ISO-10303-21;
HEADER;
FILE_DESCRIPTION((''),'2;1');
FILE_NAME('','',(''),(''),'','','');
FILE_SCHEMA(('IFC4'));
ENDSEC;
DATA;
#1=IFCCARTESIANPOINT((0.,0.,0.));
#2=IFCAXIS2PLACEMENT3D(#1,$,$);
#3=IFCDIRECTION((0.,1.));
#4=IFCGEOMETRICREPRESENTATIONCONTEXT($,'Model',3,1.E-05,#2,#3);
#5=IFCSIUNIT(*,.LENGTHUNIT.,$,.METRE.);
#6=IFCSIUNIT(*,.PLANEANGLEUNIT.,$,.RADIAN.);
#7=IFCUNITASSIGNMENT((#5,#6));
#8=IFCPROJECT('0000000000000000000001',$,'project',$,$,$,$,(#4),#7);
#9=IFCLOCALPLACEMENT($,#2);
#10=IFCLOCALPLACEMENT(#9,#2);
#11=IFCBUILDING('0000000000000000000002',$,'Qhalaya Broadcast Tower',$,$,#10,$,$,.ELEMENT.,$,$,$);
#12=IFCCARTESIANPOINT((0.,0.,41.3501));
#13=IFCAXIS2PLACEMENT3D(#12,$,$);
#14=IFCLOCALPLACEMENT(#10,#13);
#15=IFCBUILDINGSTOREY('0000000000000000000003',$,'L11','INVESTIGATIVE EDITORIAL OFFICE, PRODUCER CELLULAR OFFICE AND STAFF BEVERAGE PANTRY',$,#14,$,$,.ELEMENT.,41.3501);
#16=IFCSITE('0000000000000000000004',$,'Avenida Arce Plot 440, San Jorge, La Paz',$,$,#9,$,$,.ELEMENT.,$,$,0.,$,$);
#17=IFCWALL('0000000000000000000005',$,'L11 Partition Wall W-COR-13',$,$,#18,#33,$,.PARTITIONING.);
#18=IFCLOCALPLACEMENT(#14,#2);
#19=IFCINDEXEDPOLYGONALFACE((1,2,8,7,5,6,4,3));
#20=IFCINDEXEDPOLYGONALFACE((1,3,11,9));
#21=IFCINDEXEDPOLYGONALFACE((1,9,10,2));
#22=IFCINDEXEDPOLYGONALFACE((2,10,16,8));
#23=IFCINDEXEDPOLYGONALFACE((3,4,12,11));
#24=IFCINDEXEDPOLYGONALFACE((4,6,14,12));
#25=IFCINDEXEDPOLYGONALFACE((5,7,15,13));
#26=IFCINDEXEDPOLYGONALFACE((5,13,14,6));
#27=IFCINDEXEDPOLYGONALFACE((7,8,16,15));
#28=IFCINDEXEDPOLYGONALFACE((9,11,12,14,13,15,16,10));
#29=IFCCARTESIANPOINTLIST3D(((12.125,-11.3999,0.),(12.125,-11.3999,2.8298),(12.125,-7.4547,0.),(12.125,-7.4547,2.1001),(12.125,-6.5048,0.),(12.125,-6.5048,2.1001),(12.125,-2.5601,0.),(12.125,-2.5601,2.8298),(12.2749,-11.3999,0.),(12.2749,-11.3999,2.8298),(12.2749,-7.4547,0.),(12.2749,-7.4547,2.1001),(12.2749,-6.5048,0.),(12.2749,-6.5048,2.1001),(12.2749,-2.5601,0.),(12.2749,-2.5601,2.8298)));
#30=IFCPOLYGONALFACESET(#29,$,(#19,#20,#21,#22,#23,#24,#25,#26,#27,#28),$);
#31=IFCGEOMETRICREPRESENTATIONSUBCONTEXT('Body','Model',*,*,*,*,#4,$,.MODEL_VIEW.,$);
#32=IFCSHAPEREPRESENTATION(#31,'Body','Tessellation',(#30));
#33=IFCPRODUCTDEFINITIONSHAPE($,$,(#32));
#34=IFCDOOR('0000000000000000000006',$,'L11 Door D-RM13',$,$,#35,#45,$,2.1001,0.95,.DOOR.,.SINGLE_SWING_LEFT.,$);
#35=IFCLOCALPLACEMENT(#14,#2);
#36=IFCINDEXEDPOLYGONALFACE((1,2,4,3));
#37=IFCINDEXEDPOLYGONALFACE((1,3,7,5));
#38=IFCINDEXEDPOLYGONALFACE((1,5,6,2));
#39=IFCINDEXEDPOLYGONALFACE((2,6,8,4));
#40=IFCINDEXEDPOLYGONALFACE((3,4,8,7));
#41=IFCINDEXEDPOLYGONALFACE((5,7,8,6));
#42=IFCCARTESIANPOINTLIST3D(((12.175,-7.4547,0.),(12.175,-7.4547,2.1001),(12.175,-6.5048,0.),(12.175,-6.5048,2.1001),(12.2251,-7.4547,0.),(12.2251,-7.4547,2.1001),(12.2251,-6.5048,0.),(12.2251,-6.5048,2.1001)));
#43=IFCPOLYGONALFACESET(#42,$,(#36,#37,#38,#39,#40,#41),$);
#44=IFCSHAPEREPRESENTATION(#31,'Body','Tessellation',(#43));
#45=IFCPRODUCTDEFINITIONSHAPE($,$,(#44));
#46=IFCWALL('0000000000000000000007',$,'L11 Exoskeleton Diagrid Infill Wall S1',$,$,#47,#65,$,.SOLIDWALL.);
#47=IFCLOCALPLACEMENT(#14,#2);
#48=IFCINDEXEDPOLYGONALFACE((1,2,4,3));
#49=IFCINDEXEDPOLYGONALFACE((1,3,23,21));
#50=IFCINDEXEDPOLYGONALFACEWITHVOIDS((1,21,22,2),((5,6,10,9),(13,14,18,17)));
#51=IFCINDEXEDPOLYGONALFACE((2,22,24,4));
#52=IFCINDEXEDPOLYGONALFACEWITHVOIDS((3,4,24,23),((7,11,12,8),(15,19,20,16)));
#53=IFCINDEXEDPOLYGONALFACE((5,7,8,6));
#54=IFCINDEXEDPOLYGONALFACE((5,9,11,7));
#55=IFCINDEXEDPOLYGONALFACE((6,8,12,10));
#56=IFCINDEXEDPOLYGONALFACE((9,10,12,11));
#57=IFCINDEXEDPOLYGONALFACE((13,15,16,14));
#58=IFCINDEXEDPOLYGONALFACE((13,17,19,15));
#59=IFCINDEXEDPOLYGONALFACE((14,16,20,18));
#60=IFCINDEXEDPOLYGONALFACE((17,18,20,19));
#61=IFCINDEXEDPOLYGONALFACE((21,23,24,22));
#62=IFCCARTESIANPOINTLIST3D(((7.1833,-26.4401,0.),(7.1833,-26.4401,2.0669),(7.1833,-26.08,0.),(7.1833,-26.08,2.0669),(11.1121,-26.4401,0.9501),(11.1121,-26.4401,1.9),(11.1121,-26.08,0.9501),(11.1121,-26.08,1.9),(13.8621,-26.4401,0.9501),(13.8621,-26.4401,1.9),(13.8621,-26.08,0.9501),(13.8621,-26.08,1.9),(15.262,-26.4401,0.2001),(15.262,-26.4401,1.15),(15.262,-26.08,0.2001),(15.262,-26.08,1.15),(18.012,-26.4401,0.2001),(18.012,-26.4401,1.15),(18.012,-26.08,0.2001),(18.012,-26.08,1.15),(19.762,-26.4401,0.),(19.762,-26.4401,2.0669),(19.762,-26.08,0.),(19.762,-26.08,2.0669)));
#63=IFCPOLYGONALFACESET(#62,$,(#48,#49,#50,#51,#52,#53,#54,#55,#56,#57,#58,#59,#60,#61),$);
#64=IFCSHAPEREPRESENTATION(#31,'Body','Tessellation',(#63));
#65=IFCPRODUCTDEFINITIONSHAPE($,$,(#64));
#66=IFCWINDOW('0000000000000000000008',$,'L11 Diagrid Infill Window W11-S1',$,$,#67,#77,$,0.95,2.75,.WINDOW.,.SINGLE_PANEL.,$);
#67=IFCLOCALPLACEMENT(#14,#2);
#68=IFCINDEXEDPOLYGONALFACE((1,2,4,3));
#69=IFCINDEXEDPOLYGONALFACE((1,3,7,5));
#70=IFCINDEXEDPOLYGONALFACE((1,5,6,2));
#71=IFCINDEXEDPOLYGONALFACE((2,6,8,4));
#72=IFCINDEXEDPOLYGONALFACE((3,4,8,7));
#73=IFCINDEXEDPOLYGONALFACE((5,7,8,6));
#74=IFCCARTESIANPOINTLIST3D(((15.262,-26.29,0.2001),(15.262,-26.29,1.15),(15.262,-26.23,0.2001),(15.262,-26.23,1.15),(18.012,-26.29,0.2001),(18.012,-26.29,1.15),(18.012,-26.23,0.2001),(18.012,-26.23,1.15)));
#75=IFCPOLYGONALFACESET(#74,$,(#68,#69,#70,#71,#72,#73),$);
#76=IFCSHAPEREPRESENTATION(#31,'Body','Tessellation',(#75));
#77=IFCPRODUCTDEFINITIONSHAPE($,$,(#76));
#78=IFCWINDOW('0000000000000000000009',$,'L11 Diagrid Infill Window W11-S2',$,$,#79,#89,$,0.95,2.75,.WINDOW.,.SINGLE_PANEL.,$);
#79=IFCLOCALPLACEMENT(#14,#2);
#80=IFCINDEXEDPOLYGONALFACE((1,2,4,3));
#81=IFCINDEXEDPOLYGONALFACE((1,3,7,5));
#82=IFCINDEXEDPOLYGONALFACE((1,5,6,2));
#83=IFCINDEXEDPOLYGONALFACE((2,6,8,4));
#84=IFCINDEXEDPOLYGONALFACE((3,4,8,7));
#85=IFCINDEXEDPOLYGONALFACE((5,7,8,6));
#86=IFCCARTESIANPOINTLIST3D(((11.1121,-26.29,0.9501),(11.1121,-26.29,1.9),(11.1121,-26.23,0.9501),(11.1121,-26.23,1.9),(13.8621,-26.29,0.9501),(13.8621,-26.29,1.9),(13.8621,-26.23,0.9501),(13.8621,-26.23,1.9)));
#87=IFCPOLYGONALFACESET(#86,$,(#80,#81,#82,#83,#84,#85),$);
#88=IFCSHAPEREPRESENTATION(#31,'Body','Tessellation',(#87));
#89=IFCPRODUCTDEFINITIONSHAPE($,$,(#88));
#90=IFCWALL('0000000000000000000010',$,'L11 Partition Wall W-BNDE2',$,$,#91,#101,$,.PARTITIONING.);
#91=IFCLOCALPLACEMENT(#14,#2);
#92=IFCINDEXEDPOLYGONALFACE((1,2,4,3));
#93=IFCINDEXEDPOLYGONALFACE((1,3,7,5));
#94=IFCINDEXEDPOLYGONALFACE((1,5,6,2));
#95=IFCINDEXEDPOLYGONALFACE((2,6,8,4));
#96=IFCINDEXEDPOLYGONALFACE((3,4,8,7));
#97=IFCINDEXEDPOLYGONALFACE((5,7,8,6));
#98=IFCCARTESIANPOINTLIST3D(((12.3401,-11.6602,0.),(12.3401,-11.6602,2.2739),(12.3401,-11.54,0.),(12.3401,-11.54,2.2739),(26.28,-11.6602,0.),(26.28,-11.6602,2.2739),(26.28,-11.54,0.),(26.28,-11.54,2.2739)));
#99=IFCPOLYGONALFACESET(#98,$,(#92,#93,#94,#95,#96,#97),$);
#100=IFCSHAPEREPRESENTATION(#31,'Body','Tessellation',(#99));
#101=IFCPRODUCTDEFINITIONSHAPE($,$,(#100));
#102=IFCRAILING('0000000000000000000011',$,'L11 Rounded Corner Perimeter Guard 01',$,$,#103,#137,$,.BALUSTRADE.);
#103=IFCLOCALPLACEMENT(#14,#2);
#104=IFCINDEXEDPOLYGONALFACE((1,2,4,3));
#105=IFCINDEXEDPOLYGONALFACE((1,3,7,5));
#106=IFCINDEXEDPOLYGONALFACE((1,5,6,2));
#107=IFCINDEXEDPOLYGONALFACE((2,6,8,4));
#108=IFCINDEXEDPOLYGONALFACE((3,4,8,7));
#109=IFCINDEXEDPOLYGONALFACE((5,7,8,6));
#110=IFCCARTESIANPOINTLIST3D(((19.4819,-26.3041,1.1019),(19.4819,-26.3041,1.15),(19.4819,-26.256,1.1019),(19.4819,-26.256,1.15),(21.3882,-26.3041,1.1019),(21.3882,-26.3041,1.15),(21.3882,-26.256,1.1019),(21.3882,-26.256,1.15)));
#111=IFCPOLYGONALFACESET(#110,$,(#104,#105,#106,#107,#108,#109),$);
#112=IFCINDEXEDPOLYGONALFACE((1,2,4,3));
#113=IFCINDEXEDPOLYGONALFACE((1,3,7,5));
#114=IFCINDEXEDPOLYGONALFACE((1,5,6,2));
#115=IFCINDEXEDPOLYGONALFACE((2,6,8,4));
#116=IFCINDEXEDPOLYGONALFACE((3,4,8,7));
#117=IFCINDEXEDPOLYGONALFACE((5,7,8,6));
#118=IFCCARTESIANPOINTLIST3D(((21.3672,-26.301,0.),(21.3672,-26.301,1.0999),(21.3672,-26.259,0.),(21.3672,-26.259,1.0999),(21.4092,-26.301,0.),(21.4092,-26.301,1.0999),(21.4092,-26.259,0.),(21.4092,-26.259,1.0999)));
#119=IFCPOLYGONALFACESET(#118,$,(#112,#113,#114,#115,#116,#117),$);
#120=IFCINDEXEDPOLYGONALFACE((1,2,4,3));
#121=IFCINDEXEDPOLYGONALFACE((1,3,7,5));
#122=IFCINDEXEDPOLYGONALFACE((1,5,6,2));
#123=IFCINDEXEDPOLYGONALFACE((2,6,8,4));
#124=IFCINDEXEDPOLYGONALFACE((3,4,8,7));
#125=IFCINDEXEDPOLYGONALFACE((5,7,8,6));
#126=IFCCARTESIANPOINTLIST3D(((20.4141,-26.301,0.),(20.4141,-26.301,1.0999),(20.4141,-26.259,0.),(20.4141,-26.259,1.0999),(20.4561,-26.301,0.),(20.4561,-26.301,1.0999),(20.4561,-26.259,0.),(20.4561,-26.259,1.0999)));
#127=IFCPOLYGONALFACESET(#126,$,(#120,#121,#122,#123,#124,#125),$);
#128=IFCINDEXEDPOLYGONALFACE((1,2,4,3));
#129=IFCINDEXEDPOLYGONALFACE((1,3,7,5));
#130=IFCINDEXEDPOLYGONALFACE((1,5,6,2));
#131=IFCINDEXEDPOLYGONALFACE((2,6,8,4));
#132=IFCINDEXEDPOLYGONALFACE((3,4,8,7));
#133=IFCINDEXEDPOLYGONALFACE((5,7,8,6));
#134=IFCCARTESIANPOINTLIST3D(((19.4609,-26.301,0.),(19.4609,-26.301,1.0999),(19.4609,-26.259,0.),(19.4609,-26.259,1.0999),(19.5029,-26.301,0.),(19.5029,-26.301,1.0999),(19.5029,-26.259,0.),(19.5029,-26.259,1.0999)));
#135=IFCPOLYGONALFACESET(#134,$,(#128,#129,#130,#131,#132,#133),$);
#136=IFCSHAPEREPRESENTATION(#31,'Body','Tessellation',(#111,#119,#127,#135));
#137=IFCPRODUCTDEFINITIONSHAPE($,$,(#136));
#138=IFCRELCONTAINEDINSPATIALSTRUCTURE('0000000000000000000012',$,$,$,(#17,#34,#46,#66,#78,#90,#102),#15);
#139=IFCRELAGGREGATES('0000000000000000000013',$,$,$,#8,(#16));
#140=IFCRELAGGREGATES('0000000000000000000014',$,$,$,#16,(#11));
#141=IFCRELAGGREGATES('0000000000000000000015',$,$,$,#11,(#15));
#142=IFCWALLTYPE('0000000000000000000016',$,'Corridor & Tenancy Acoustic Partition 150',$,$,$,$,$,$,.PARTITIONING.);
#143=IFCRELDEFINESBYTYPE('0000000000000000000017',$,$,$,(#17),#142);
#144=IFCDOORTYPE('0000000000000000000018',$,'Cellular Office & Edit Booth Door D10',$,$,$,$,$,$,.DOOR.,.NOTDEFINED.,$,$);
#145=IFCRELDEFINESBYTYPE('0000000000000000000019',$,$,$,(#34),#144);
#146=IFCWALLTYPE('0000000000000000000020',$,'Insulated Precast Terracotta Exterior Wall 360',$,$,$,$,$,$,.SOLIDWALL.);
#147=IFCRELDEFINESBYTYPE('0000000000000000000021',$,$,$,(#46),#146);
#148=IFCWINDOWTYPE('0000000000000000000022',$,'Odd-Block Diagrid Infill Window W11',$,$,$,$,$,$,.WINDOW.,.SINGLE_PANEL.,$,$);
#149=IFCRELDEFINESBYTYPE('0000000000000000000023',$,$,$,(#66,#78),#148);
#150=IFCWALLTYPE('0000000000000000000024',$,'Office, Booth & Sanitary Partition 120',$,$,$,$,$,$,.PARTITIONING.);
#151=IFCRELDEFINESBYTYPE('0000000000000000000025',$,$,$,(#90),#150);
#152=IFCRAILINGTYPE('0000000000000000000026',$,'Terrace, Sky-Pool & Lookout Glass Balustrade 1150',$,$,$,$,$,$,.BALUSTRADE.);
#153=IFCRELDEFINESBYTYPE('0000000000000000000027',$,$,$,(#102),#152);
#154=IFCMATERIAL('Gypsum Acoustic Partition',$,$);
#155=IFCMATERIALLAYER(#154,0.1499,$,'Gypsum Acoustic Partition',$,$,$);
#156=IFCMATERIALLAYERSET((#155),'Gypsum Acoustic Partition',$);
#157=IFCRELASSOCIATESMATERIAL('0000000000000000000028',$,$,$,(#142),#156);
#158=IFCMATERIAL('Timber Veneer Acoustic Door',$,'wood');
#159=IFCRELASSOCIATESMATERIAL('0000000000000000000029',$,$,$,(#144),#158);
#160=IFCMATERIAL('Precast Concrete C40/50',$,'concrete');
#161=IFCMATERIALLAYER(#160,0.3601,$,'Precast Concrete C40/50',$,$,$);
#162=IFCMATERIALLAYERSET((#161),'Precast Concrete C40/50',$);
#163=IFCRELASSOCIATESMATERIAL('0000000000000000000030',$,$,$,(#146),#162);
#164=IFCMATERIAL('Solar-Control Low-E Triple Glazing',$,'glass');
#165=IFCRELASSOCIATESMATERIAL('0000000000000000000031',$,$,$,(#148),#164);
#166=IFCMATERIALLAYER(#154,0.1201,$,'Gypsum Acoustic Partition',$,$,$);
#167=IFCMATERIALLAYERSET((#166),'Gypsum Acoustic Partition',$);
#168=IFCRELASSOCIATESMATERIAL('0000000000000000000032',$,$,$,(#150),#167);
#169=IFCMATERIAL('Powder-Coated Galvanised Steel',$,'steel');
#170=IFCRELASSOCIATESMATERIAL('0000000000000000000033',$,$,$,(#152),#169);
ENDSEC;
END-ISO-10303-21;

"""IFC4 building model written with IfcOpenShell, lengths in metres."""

from ifc_helpers import new_model, si_unit, direction, frame, frame_2d, origin, origin_2d, place, context, subcontext, project, spatial, rectangle, extrude, material, layer, layer_set, type_object, element, fill, save


model = new_model("IFC4")

# Units and contexts
model_context = context("Model", 3, precision=1e-05, world=origin(), true_north=direction((0.0, 1.0)))
body_context = subcontext(model_context, "Body", "Model", "MODEL_VIEW")
ifc_project = project(units=[si_unit("LENGTHUNIT", "METRE"), si_unit("PLANEANGLEUNIT", "RADIAN")], contexts=[model_context])

# Site, building, storey
site_placement = place(None, origin())
site = spatial("IfcSite", under=ifc_project, at=site_placement, Name="Avenida Arce Plot 440, San Jorge, La Paz", CompositionType="ELEMENT", RefElevation=0.0)
building_placement = place(site_placement, origin())
building = spatial("IfcBuilding", under=site, at=building_placement, Name="Qhalaya Broadcast Tower", CompositionType="ELEMENT")
storey_placement = place(building_placement, frame((0.0, 0.0, 41.3501)))
storey = spatial("IfcBuildingStorey", under=building, at=storey_placement, Name="L11", Description="INVESTIGATIVE EDITORIAL OFFICE, PRODUCER CELLULAR OFFICE AND STAFF BEVERAGE PANTRY", CompositionType="ELEMENT", Elevation=41.3501)

# Wall, opening, door
ifc_material_1 = material(Name="Gypsum Acoustic Partition")
ifc_layer_1 = layer(ifc_material_1, 0.1499, Name="Gypsum Acoustic Partition")
ifc_layer_set_1 = layer_set([ifc_layer_1], Name="Gypsum Acoustic Partition")
wall_type_1 = type_object("IfcWallType", Name="Corridor & Tenancy Acoustic Partition 150", PredefinedType="PARTITIONING", material=ifc_layer_set_1)
wall_1_placement = place(storey_placement, frame((12.2, -11.3999, 0.0), z_axis=(0.0, 0.0, 1.0), x_axis=(0.0, 1.0, 0.0)))
wall_1 = element("IfcWall", 1, at=wall_1_placement, inside=storey, type_object=wall_type_1, Name="L11 Partition Wall W-COR-13", PredefinedType="PARTITIONING", context=body_context, shape_type="SweptSolid", body=[
    extrude(rectangle(XDim=8.8398, YDim=0.1499, at=frame_2d((4.4199, 0.0))), origin(), (0.0, 0.0, 1.0), 2.8298),
])
opening_1_placement = place(wall_1_placement, frame((3.9451, 0.0, 0.0)))
opening_1 = element("IfcOpeningElement", 2, at=opening_1_placement, cuts=wall_1, PredefinedType="OPENING", context=body_context, shape_type="SweptSolid", body=[
    extrude(rectangle(XDim=0.95, YDim=2.1001, at=frame_2d((0.4751, 1.05))), frame((0.0, 0.0869, 0.0), z_axis=(0.0, -1.0, 0.0), x_axis=(1.0, 0.0, 0.0)), (0.0, 0.0, 1.0), 0.1738),
])
ifc_material_2 = material(Name="Timber Veneer Acoustic Door", Category="wood")
door_type = type_object("IfcDoorType", Name="Cellular Office & Edit Booth Door D10", OperationType="NOTDEFINED", PredefinedType="DOOR", material=ifc_material_2)
door_placement = place(opening_1_placement, origin())
door = element("IfcDoor", 3, at=door_placement, inside=storey, type_object=door_type, Name="L11 Door D-RM13", OperationType="SINGLE_SWING_LEFT", OverallHeight=2.1001, OverallWidth=0.95, PredefinedType="DOOR", context=body_context, shape_type="SweptSolid", body=[
    extrude(rectangle(XDim=0.95, YDim=2.1001, at=frame_2d((0.4751, 1.05))), frame((0.0, 0.0249, 0.0), z_axis=(0.0, -1.0, 0.0), x_axis=(1.0, 0.0, 0.0)), (0.0, 0.0, 1.0), 0.05),
])
fill(opening_1, door)

# Wall, openings, windows
ifc_material_3 = material(Name="Precast Concrete C40/50", Category="concrete")
ifc_layer_2 = layer(ifc_material_3, 0.3601, Name="Precast Concrete C40/50")
ifc_layer_set_2 = layer_set([ifc_layer_2], Name="Precast Concrete C40/50")
wall_type_2 = type_object("IfcWallType", Name="Insulated Precast Terracotta Exterior Wall 360", PredefinedType="SOLIDWALL", material=ifc_layer_set_2)
wall_2_placement = place(storey_placement, frame((19.762, -26.26, 0.0), z_axis=(0.0, 0.0, 1.0), x_axis=(-1.0, 0.0, 0.0)))
wall_2 = element("IfcWall", 4, at=wall_2_placement, inside=storey, type_object=wall_type_2, Name="L11 Exoskeleton Diagrid Infill Wall S1", PredefinedType="SOLIDWALL", context=body_context, shape_type="SweptSolid", body=[
    extrude(rectangle(XDim=12.5786, YDim=0.3601, at=frame_2d((6.2893, 0.0))), origin(), (0.0, 0.0, 1.0), 2.0669),
])
opening_2_placement = place(wall_2_placement, frame((1.75, 0.0, 0.2)))
opening_2 = element("IfcOpeningElement", 5, at=opening_2_placement, cuts=wall_2, PredefinedType="OPENING", context=body_context, shape_type="SweptSolid", body=[
    extrude(rectangle(XDim=2.75, YDim=0.95, at=frame_2d((1.375, 0.4751))), frame((0.0, 0.1921, 0.0), z_axis=(0.0, -1.0, 0.0), x_axis=(1.0, 0.0, 0.0)), (0.0, 0.0, 1.0), 0.384),
])
opening_3_placement = place(wall_2_placement, frame((5.8999, 0.0, 0.95)))
opening_3 = element("IfcOpeningElement", 6, at=opening_3_placement, cuts=wall_2, PredefinedType="OPENING", context=body_context, shape_type="SweptSolid", body=[
    extrude(rectangle(XDim=2.75, YDim=0.95, at=frame_2d((1.375, 0.4751))), frame((0.0, 0.1921, 0.0), z_axis=(0.0, -1.0, 0.0), x_axis=(1.0, 0.0, 0.0)), (0.0, 0.0, 1.0), 0.384),
])
ifc_material_4 = material(Name="Solar-Control Low-E Triple Glazing", Category="glass")
window_type = type_object("IfcWindowType", Name="Odd-Block Diagrid Infill Window W11", PartitioningType="SINGLE_PANEL", PredefinedType="WINDOW", material=ifc_material_4)
window_1_placement = place(opening_2_placement, origin())
window_1 = element("IfcWindow", 7, at=window_1_placement, inside=storey, type_object=window_type, Name="L11 Diagrid Infill Window W11-S1", OverallHeight=0.95, OverallWidth=2.75, PartitioningType="SINGLE_PANEL", PredefinedType="WINDOW", context=body_context, shape_type="SweptSolid", body=[
    extrude(rectangle(XDim=2.75, YDim=0.95, at=frame_2d((1.375, 0.4751))), frame((0.0, 0.03, 0.0), z_axis=(0.0, -1.0, 0.0), x_axis=(1.0, 0.0, 0.0)), (0.0, 0.0, 1.0), 0.0601),
])
fill(opening_2, window_1)
window_2_placement = place(opening_3_placement, origin())
window_2 = element("IfcWindow", 8, at=window_2_placement, inside=storey, type_object=window_type, Name="L11 Diagrid Infill Window W11-S2", OverallHeight=0.95, OverallWidth=2.75, PartitioningType="SINGLE_PANEL", PredefinedType="WINDOW", context=body_context, shape_type="SweptSolid", body=[
    extrude(rectangle(XDim=2.75, YDim=0.95, at=frame_2d((1.375, 0.4751))), frame((0.0, 0.03, 0.0), z_axis=(0.0, -1.0, 0.0), x_axis=(1.0, 0.0, 0.0)), (0.0, 0.0, 1.0), 0.0601),
])
fill(opening_3, window_2)

# Wall
ifc_layer_3 = layer(ifc_material_1, 0.1201, Name="Gypsum Acoustic Partition")
ifc_layer_set_3 = layer_set([ifc_layer_3], Name="Gypsum Acoustic Partition")
wall_type_3 = type_object("IfcWallType", Name="Office, Booth & Sanitary Partition 120", PredefinedType="PARTITIONING", material=ifc_layer_set_3)
wall_3_placement = place(storey_placement, frame((12.3401, -11.6001, 0.0), z_axis=(0.0, 0.0, 1.0), x_axis=(1.0, 0.0, 0.0)))
element("IfcWall", 9, at=wall_3_placement, inside=storey, type_object=wall_type_3, Name="L11 Partition Wall W-BNDE2", PredefinedType="PARTITIONING", context=body_context, shape_type="SweptSolid", body=[
    extrude(rectangle(XDim=13.9399, YDim=0.1201, at=frame_2d((6.97, 0.0))), origin(), (0.0, 0.0, 1.0), 2.2739),
])

# Railing
ifc_material_5 = material(Name="Powder-Coated Galvanised Steel", Category="steel")
railing_type = type_object("IfcRailingType", Name="Terrace, Sky-Pool & Lookout Glass Balustrade 1150", PredefinedType="BALUSTRADE", material=ifc_material_5)
railing_1_placement = place(storey_placement, frame((21.3882, -26.28, 0.0)))
element("IfcRailing", 10, at=railing_1_placement, inside=storey, type_object=railing_type, Name="L11 Rounded Corner Perimeter Guard 01", PredefinedType="BALUSTRADE", context=body_context, shape_type="SweptSolid", body=[
    extrude(rectangle(XDim=0.0481, YDim=0.0481, at=origin_2d()), frame((0.0, 0.0, 1.126), z_axis=(-1.0, 0.0, 0.0), x_axis=(0.0, -1.0, 0.0)), (0.0, 0.0, 1.0), 1.9062),
    extrude(rectangle(XDim=0.042, YDim=0.042, at=origin_2d()), origin(), (0.0, 0.0, 1.0), 1.0999),
    extrude(rectangle(XDim=0.042, YDim=0.042, at=origin_2d()), frame((-0.9531, 0.0, 0.0)), (0.0, 0.0, 1.0), 1.0999),
    extrude(rectangle(XDim=0.042, YDim=0.042, at=origin_2d()), frame((-1.9062, 0.0, 0.0)), (0.0, 0.0, 1.0), 1.0999),
])

save(model, "model.ifc")
